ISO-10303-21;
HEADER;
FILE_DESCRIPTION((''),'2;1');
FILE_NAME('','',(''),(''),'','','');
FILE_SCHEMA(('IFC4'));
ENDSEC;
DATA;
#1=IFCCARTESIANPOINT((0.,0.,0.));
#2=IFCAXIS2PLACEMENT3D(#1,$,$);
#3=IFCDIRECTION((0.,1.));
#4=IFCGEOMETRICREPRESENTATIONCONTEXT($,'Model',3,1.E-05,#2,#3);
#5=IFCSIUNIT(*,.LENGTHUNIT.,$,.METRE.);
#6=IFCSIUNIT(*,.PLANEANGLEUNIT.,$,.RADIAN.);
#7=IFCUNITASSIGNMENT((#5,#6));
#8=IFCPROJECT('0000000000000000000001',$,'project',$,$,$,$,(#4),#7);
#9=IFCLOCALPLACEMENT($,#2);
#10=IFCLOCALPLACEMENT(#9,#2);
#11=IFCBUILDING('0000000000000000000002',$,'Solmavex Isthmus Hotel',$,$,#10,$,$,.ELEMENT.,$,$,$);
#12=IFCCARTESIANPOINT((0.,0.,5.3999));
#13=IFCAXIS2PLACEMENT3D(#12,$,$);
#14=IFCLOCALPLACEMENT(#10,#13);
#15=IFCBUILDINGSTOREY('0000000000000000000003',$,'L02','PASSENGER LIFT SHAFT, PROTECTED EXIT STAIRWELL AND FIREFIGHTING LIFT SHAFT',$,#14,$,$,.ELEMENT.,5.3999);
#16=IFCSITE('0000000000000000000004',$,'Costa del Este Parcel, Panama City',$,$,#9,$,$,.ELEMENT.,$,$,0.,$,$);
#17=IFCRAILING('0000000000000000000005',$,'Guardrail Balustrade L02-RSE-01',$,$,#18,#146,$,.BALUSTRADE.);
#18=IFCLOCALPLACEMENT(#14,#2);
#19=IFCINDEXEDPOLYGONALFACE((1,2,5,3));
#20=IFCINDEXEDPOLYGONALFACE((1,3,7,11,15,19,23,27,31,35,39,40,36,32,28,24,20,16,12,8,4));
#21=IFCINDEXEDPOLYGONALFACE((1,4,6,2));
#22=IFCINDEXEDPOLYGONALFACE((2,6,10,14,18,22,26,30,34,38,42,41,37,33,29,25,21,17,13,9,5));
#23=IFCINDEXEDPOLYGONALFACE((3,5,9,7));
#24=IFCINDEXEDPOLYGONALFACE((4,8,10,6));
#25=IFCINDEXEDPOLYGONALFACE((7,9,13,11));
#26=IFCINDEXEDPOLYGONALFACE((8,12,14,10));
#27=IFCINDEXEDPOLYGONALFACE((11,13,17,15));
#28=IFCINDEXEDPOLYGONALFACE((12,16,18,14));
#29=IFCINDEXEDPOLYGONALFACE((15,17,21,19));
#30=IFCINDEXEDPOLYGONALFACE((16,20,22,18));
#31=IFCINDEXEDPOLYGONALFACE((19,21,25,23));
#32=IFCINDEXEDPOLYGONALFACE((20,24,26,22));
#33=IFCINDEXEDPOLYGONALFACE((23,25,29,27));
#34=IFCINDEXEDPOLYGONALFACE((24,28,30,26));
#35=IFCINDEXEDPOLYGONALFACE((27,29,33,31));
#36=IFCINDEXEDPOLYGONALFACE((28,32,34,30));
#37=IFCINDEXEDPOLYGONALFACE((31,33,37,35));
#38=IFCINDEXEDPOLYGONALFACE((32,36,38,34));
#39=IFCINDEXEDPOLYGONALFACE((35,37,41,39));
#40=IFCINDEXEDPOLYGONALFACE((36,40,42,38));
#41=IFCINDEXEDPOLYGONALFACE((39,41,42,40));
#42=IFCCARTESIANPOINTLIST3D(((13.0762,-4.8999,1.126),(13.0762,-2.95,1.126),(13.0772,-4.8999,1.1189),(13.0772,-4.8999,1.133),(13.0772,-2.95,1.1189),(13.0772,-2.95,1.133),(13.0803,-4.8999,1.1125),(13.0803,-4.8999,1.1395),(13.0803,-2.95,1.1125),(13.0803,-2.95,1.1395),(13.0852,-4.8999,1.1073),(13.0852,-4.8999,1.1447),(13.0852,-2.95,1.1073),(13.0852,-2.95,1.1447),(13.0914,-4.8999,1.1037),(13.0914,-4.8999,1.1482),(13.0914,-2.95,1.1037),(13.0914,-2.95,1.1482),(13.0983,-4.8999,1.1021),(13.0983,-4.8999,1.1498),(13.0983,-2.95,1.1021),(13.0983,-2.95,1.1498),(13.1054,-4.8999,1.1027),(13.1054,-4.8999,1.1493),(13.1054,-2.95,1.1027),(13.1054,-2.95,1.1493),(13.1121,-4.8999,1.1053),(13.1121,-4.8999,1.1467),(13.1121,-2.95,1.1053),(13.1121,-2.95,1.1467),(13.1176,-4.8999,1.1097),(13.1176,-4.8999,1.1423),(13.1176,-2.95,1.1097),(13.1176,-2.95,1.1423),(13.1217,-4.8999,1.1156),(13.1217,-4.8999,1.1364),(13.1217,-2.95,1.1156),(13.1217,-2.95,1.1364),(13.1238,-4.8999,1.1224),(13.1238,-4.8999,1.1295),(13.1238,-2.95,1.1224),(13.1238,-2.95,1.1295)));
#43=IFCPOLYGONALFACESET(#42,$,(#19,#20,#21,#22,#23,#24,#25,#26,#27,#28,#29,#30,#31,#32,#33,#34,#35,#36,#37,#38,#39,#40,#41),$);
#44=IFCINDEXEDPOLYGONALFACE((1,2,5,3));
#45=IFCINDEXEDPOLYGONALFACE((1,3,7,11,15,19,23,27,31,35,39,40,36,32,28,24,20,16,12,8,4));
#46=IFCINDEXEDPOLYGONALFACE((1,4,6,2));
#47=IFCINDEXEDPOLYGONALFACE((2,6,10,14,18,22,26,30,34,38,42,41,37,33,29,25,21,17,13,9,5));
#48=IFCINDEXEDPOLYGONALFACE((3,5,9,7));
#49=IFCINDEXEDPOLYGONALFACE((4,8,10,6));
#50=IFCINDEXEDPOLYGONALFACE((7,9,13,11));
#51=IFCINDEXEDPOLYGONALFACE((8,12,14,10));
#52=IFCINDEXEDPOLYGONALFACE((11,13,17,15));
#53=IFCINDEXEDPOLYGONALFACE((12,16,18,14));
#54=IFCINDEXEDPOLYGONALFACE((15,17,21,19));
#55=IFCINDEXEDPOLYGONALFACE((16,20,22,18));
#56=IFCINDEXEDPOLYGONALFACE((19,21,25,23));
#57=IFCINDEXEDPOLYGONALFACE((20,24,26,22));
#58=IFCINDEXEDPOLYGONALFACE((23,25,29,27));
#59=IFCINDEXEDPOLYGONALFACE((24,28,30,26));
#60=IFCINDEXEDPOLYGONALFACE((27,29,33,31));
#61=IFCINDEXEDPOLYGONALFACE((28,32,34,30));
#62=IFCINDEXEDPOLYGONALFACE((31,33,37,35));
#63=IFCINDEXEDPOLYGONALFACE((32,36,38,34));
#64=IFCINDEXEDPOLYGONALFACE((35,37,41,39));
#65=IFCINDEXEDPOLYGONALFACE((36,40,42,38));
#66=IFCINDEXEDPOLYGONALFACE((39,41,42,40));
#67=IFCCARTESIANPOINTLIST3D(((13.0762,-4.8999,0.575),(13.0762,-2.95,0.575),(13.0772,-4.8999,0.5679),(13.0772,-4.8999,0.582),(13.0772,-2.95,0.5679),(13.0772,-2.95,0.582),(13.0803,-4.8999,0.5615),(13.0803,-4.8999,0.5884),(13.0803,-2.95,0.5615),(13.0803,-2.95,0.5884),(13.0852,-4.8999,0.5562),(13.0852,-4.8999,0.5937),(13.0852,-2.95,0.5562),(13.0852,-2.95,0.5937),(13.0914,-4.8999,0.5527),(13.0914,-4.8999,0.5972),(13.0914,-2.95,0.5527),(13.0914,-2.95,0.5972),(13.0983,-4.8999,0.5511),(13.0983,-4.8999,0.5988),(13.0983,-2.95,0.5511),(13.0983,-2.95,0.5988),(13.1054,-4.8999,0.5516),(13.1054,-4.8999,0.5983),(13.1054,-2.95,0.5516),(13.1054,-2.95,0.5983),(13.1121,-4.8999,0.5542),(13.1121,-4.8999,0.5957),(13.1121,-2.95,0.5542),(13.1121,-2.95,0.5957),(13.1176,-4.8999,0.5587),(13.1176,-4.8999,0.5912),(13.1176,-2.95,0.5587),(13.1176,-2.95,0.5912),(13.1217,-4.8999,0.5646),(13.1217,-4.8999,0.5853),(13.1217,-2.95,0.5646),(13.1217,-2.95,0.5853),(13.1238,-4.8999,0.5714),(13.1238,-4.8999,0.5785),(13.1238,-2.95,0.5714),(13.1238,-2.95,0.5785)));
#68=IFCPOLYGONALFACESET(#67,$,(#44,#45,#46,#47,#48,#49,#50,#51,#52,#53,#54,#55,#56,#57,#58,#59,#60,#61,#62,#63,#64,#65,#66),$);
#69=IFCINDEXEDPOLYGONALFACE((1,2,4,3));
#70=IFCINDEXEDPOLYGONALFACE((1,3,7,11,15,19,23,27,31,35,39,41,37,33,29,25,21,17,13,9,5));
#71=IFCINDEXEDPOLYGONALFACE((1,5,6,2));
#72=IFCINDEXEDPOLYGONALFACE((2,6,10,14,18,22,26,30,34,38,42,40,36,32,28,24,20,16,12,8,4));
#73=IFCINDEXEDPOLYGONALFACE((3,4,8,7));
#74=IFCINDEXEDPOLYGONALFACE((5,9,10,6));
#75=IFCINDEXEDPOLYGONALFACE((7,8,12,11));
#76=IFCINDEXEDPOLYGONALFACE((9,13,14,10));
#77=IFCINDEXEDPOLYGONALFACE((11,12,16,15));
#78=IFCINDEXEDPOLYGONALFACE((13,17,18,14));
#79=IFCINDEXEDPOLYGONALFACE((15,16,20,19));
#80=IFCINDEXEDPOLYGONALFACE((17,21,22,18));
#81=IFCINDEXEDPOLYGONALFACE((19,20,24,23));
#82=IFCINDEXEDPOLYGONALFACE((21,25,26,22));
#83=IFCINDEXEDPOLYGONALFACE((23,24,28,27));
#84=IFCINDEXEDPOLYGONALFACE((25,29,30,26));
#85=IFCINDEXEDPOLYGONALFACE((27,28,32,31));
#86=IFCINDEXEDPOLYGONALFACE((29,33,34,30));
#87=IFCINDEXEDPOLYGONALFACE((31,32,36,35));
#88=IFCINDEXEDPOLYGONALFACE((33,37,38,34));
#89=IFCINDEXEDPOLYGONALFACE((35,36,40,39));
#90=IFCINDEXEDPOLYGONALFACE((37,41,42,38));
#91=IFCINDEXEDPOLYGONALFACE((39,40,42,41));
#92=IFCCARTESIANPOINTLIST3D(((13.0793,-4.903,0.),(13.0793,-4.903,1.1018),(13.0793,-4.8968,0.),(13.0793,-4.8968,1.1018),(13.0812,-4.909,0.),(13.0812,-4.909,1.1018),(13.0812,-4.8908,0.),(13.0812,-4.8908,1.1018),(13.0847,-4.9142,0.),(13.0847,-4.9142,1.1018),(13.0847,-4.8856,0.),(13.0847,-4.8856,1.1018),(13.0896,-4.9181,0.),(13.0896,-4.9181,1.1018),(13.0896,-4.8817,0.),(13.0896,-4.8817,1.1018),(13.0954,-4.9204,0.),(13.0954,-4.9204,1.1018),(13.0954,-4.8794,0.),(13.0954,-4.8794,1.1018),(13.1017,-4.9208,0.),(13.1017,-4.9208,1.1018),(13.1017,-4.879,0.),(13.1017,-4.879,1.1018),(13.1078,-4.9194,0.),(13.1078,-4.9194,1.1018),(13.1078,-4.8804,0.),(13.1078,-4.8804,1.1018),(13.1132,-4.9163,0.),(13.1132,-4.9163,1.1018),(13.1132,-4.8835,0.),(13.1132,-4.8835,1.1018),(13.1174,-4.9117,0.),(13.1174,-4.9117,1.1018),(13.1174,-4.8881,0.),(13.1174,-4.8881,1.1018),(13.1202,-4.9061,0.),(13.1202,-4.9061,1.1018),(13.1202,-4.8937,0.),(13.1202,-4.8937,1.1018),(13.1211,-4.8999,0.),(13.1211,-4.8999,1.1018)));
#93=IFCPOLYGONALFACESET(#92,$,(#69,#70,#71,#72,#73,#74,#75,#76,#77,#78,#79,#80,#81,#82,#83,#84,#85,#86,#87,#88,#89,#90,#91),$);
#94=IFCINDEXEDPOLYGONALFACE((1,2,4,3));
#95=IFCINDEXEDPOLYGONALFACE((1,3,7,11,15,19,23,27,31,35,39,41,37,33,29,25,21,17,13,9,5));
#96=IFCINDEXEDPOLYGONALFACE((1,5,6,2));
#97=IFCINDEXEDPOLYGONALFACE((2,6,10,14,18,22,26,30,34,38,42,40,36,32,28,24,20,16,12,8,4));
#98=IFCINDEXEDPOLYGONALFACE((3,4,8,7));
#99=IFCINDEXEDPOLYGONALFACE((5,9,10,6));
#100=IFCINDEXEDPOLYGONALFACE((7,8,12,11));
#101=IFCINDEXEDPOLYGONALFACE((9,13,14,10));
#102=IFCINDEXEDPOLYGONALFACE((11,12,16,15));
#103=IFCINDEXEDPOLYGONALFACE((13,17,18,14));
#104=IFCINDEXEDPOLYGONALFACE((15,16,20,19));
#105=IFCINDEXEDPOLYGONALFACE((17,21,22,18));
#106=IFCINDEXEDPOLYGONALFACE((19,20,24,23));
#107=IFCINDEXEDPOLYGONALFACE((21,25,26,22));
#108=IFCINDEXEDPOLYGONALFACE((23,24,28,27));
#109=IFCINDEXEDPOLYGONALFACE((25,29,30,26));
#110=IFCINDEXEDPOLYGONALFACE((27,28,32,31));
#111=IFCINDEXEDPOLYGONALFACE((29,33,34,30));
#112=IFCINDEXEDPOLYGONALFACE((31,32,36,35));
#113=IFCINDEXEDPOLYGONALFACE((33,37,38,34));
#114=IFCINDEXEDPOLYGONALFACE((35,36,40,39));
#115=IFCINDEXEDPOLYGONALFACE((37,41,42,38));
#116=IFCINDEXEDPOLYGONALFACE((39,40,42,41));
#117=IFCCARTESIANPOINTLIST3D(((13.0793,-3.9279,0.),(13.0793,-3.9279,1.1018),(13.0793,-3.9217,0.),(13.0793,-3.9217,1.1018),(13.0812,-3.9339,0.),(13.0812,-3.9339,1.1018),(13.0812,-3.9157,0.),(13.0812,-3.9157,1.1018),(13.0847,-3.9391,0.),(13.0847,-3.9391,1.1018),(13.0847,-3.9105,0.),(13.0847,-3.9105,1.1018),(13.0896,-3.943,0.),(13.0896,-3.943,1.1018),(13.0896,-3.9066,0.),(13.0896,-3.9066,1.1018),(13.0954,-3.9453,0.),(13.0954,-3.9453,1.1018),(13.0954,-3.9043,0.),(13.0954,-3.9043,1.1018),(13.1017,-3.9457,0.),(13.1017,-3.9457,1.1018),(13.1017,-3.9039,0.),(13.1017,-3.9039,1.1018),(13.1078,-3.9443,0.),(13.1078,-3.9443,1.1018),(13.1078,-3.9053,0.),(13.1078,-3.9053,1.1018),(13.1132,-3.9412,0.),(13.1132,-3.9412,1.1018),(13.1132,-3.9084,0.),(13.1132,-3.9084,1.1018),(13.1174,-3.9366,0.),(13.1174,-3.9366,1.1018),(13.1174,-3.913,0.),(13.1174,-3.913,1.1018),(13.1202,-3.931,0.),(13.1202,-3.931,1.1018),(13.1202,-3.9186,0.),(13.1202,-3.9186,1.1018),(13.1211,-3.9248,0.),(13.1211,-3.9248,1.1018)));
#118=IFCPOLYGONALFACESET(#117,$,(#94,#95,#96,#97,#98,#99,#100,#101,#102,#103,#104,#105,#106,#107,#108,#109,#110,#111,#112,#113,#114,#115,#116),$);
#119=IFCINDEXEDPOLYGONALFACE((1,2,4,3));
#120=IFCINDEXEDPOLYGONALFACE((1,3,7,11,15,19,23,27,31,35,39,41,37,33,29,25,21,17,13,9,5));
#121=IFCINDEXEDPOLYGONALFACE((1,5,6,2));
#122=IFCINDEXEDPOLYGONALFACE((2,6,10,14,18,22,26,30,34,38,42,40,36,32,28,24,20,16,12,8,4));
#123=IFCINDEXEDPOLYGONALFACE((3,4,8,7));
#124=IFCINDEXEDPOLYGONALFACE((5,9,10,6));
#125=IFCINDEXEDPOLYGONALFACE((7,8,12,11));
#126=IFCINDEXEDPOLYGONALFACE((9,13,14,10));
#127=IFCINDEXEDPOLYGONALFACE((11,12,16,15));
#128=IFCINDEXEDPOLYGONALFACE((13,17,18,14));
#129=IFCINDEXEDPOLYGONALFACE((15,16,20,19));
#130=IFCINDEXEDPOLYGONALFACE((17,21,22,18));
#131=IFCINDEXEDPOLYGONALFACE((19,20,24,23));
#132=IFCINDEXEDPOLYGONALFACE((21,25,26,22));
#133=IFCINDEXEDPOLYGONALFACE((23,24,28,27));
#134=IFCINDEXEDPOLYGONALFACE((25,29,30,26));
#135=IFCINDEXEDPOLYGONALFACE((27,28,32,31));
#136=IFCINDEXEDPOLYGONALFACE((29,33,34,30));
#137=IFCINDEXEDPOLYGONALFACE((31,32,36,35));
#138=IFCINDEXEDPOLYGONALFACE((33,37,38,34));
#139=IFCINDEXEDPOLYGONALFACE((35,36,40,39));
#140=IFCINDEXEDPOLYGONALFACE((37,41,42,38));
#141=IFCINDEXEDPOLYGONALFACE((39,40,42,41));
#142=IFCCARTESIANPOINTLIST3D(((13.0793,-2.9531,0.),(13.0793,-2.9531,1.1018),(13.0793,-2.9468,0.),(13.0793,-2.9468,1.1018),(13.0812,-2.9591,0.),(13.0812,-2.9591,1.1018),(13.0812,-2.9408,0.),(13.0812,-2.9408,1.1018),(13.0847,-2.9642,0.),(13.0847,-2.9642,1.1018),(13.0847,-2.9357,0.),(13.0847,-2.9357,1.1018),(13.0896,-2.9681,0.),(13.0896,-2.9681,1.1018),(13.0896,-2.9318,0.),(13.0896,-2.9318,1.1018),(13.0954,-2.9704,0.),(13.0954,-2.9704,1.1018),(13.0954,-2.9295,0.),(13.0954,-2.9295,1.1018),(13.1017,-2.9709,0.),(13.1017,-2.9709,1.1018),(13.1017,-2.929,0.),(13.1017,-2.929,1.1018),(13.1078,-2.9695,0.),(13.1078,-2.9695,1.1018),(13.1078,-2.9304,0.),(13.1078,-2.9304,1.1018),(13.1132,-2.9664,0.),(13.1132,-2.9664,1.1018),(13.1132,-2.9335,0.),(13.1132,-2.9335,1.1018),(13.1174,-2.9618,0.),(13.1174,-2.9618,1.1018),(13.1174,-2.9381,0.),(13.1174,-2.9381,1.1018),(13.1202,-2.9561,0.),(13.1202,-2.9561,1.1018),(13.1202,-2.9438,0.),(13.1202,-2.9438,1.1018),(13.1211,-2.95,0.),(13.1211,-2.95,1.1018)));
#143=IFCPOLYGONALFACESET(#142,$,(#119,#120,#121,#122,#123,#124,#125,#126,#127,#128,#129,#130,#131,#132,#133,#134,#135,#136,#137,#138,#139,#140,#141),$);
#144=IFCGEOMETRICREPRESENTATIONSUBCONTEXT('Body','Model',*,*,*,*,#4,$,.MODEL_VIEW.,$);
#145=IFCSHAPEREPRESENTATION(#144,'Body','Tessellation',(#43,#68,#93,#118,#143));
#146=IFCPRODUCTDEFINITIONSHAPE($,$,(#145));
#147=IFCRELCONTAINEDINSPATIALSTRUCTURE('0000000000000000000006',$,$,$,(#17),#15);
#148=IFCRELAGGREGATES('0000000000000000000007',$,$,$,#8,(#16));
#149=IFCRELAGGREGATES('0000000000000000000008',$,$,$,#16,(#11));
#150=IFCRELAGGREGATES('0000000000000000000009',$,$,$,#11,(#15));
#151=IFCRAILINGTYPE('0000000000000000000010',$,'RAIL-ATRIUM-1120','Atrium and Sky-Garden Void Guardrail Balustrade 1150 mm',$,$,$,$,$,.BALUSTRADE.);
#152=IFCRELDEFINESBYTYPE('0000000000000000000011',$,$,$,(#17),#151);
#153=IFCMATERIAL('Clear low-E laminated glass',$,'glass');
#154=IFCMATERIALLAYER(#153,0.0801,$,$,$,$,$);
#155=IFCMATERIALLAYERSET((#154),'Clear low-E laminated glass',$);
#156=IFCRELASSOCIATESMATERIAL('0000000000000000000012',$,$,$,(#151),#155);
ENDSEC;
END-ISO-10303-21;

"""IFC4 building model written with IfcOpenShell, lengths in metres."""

from ifc_helpers import new_model, si_unit, direction, frame, origin, origin_2d, place, context, subcontext, project, spatial, circle, extrude, material, layer, layer_set, type_object, element, save


model = new_model("IFC4")

# Units and contexts
model_context = context("Model", 3, precision=1e-05, world=origin(), true_north=direction((0.0, 1.0)))
body_context = subcontext(model_context, "Body", "Model", "MODEL_VIEW")
ifc_project = project(units=[si_unit("LENGTHUNIT", "METRE"), si_unit("PLANEANGLEUNIT", "RADIAN")], contexts=[model_context])

# Site, building, storey
site_placement = place(None, origin())
site = spatial("IfcSite", under=ifc_project, at=site_placement, Name="Costa del Este Parcel, Panama City", CompositionType="ELEMENT", RefElevation=0.0)
building_placement = place(site_placement, origin())
building = spatial("IfcBuilding", under=site, at=building_placement, Name="Solmavex Isthmus Hotel", CompositionType="ELEMENT")
storey_placement = place(building_placement, frame((0.0, 0.0, 5.3999)))
storey = spatial("IfcBuildingStorey", under=building, at=storey_placement, Name="L02", Description="PASSENGER LIFT SHAFT, PROTECTED EXIT STAIRWELL AND FIREFIGHTING LIFT SHAFT", CompositionType="ELEMENT", Elevation=5.3999)

# Railing
ifc_material_1 = material(Name="Clear low-E laminated glass", Category="glass")
ifc_layer_1 = layer(ifc_material_1, 0.0801)
ifc_layer_set_1 = layer_set([ifc_layer_1], Name="Clear low-E laminated glass")
railing_type_1 = type_object("IfcRailingType", Name="RAIL-ATRIUM-1120", Description="Atrium and Sky-Garden Void Guardrail Balustrade 1150 mm", PredefinedType="BALUSTRADE", material=ifc_layer_set_1)
railing_1_placement = place(storey_placement, frame((13.1001, -4.8999, 0.0)))
element("IfcRailing", 1, at=railing_1_placement, inside=storey, type_object=railing_type_1, Name="Guardrail Balustrade L02-RSE-01", PredefinedType="BALUSTRADE", context=body_context, shape_type="SweptSolid", body=[
    extrude(circle(Radius=0.0239, at=origin_2d()), frame((0.0, 0.0, 1.126), z_axis=(0.0, 1.0, 0.0), x_axis=(-1.0, 0.0, 0.0)), (0.0, 0.0, 1.0), 1.95),
    extrude(circle(Radius=0.0239, at=origin_2d()), frame((0.0, 0.0, 0.575), z_axis=(0.0, 1.0, 0.0), x_axis=(-1.0, 0.0, 0.0)), (0.0, 0.0, 1.0), 1.95),
    extrude(circle(Radius=0.021, at=origin_2d()), origin(), (0.0, 0.0, 1.0), 1.1018),
    extrude(circle(Radius=0.021, at=origin_2d()), frame((0.0, 0.9751, 0.0)), (0.0, 0.0, 1.0), 1.1018),
    extrude(circle(Radius=0.021, at=origin_2d()), frame((0.0, 1.95, 0.0)), (0.0, 0.0, 1.0), 1.1018),
])

save(model, "model.ifc")
